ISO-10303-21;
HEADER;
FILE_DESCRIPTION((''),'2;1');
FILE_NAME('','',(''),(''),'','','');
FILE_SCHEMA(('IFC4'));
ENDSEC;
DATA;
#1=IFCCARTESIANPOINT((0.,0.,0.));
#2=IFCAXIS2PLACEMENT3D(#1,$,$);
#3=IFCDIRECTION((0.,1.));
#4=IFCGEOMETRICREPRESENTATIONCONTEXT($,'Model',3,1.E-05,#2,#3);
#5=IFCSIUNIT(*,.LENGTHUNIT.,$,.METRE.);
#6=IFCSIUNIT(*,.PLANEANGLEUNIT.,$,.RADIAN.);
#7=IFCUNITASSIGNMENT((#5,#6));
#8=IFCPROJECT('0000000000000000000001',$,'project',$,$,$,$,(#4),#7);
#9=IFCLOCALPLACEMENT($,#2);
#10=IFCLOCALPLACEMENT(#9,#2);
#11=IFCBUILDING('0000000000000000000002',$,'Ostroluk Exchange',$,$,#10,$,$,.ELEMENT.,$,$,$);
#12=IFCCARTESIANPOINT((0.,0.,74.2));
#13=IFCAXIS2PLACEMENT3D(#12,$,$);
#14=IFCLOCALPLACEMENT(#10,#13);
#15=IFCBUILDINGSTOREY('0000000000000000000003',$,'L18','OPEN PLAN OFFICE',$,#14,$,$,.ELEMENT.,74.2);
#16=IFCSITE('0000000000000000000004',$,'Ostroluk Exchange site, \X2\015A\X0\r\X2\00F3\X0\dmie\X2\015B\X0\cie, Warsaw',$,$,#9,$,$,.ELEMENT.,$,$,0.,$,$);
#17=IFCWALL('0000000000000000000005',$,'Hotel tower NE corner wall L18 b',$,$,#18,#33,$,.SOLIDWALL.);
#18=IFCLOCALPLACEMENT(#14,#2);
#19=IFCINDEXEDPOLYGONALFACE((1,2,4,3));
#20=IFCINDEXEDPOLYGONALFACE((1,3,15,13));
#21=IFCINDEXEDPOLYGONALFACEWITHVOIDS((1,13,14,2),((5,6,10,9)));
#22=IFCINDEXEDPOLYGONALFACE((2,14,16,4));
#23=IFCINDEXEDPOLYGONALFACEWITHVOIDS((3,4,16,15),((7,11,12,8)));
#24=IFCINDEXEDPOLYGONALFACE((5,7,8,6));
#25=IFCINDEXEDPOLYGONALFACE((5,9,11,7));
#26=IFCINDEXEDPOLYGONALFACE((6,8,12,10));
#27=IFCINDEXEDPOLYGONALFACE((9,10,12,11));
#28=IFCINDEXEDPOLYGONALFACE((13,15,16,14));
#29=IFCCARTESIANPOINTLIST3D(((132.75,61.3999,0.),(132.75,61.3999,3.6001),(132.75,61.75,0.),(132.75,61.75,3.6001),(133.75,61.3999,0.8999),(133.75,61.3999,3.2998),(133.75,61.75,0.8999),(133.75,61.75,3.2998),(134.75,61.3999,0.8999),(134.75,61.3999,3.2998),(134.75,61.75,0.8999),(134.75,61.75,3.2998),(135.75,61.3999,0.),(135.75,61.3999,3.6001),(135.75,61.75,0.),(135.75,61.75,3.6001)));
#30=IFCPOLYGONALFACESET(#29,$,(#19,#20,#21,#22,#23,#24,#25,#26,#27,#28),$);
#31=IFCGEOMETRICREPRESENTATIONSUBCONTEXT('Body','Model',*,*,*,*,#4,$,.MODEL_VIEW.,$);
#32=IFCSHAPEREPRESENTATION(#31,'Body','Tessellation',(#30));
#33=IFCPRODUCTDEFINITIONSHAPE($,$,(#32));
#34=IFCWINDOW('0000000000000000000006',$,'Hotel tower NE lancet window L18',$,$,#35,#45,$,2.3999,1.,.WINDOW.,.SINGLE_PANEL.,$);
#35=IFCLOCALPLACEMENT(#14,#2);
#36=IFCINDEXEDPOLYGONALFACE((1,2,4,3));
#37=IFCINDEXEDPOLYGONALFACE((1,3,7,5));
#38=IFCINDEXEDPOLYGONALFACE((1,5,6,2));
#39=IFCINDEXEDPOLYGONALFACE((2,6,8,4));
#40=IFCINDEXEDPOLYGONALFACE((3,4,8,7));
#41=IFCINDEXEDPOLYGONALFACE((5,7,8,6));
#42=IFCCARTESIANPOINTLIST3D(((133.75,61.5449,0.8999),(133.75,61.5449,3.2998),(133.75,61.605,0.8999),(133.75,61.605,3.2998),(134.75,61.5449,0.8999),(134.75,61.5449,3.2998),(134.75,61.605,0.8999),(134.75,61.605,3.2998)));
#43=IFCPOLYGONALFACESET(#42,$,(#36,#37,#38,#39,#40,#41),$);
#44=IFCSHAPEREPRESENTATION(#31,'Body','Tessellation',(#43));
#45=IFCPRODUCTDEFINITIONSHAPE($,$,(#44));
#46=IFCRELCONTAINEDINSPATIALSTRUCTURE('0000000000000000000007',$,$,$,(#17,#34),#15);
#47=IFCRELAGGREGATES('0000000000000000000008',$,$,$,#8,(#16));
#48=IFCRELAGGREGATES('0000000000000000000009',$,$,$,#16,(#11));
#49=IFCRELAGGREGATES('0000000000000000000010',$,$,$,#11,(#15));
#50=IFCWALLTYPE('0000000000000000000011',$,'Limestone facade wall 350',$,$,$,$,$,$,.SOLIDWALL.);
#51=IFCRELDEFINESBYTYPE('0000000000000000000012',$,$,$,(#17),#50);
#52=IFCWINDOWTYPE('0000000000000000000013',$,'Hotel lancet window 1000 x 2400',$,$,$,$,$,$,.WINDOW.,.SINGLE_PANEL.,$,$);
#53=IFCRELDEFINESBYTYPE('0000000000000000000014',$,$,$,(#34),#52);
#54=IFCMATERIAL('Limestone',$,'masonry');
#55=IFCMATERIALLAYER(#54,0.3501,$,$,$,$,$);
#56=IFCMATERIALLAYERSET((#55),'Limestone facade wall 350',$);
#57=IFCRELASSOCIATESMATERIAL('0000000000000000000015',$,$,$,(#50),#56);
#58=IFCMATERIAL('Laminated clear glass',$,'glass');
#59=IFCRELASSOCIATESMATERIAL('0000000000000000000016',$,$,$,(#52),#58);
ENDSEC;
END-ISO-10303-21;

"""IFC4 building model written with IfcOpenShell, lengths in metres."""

from ifc_helpers import new_model, si_unit, direction, frame, frame_2d, origin, place, context, subcontext, project, spatial, rectangle, extrude, material, layer, layer_set, type_object, element, fill, save


model = new_model("IFC4")

# Units and contexts
model_context = context("Model", 3, precision=1e-05, world=origin(), true_north=direction((0.0, 1.0)))
body_context = subcontext(model_context, "Body", "Model", "MODEL_VIEW")
ifc_project = project(units=[si_unit("LENGTHUNIT", "METRE"), si_unit("PLANEANGLEUNIT", "RADIAN")], contexts=[model_context])

# Site, building, storey
site_placement = place(None, origin())
site = spatial("IfcSite", under=ifc_project, at=site_placement, Name="Ostroluk Exchange site, Śródmieście, Warsaw", CompositionType="ELEMENT", RefElevation=0.0)
building_placement = place(site_placement, origin())
building = spatial("IfcBuilding", under=site, at=building_placement, Name="Ostroluk Exchange", CompositionType="ELEMENT")
storey_placement = place(building_placement, frame((0.0, 0.0, 74.2)))
storey = spatial("IfcBuildingStorey", under=building, at=storey_placement, Name="L18", Description="OPEN PLAN OFFICE", CompositionType="ELEMENT", Elevation=74.2)

# Shared definitions
ifc_material_1 = material(Name="Limestone", Category="masonry")
ifc_layer_1 = layer(ifc_material_1, 0.3501)
ifc_layer_set_1 = layer_set([ifc_layer_1], Name="Limestone facade wall 350")
wall_type = type_object("IfcWallType", Name="Limestone facade wall 350", PredefinedType="SOLIDWALL", material=ifc_layer_set_1)

# Wall, opening, window
wall_1_placement = place(storey_placement, frame((132.75, 61.575, 0.0), z_axis=(0.0, 0.0, 1.0), x_axis=(1.0, 0.0, 0.0)))
wall_1 = element("IfcWall", 1, at=wall_1_placement, inside=storey, type_object=wall_type, Name="Hotel tower NE corner wall L18 b", PredefinedType="SOLIDWALL", context=body_context, shape_type="SweptSolid", body=[
    extrude(rectangle(XDim=3.0, YDim=0.3501, at=frame_2d((1.5, 0.0))), origin(), (0.0, 0.0, 1.0), 3.6001),
])
opening_1_placement = place(wall_1_placement, frame((1.0, 0.0, 0.8999)))
opening_1 = element("IfcOpeningElement", 2, at=opening_1_placement, cuts=wall_1, PredefinedType="OPENING", context=body_context, shape_type="SweptSolid", body=[
    extrude(rectangle(XDim=1.0, YDim=2.3999, at=frame_2d((0.5, 1.2))), frame((0.0, 0.1851, 0.0), z_axis=(0.0, -1.0, 0.0), x_axis=(1.0, 0.0, 0.0)), (0.0, 0.0, 1.0), 0.3701),
])
ifc_material_2 = material(Name="Laminated clear glass", Category="glass")
window_type = type_object("IfcWindowType", Name="Hotel lancet window 1000 x 2400", PartitioningType="SINGLE_PANEL", PredefinedType="WINDOW", material=ifc_material_2)
window_placement = place(opening_1_placement, origin())
window = element("IfcWindow", 3, at=window_placement, inside=storey, type_object=window_type, Name="Hotel tower NE lancet window L18", OverallHeight=2.3999, OverallWidth=1.0, PartitioningType="SINGLE_PANEL", PredefinedType="WINDOW", context=body_context, shape_type="SweptSolid", body=[
    extrude(rectangle(XDim=1.0, YDim=2.3999, at=frame_2d((0.5, 1.2))), frame((0.0, 0.03, 0.0), z_axis=(0.0, -1.0, 0.0), x_axis=(1.0, 0.0, 0.0)), (0.0, 0.0, 1.0), 0.0601),
])
fill(opening_1, window)

save(model, "model.ifc")
